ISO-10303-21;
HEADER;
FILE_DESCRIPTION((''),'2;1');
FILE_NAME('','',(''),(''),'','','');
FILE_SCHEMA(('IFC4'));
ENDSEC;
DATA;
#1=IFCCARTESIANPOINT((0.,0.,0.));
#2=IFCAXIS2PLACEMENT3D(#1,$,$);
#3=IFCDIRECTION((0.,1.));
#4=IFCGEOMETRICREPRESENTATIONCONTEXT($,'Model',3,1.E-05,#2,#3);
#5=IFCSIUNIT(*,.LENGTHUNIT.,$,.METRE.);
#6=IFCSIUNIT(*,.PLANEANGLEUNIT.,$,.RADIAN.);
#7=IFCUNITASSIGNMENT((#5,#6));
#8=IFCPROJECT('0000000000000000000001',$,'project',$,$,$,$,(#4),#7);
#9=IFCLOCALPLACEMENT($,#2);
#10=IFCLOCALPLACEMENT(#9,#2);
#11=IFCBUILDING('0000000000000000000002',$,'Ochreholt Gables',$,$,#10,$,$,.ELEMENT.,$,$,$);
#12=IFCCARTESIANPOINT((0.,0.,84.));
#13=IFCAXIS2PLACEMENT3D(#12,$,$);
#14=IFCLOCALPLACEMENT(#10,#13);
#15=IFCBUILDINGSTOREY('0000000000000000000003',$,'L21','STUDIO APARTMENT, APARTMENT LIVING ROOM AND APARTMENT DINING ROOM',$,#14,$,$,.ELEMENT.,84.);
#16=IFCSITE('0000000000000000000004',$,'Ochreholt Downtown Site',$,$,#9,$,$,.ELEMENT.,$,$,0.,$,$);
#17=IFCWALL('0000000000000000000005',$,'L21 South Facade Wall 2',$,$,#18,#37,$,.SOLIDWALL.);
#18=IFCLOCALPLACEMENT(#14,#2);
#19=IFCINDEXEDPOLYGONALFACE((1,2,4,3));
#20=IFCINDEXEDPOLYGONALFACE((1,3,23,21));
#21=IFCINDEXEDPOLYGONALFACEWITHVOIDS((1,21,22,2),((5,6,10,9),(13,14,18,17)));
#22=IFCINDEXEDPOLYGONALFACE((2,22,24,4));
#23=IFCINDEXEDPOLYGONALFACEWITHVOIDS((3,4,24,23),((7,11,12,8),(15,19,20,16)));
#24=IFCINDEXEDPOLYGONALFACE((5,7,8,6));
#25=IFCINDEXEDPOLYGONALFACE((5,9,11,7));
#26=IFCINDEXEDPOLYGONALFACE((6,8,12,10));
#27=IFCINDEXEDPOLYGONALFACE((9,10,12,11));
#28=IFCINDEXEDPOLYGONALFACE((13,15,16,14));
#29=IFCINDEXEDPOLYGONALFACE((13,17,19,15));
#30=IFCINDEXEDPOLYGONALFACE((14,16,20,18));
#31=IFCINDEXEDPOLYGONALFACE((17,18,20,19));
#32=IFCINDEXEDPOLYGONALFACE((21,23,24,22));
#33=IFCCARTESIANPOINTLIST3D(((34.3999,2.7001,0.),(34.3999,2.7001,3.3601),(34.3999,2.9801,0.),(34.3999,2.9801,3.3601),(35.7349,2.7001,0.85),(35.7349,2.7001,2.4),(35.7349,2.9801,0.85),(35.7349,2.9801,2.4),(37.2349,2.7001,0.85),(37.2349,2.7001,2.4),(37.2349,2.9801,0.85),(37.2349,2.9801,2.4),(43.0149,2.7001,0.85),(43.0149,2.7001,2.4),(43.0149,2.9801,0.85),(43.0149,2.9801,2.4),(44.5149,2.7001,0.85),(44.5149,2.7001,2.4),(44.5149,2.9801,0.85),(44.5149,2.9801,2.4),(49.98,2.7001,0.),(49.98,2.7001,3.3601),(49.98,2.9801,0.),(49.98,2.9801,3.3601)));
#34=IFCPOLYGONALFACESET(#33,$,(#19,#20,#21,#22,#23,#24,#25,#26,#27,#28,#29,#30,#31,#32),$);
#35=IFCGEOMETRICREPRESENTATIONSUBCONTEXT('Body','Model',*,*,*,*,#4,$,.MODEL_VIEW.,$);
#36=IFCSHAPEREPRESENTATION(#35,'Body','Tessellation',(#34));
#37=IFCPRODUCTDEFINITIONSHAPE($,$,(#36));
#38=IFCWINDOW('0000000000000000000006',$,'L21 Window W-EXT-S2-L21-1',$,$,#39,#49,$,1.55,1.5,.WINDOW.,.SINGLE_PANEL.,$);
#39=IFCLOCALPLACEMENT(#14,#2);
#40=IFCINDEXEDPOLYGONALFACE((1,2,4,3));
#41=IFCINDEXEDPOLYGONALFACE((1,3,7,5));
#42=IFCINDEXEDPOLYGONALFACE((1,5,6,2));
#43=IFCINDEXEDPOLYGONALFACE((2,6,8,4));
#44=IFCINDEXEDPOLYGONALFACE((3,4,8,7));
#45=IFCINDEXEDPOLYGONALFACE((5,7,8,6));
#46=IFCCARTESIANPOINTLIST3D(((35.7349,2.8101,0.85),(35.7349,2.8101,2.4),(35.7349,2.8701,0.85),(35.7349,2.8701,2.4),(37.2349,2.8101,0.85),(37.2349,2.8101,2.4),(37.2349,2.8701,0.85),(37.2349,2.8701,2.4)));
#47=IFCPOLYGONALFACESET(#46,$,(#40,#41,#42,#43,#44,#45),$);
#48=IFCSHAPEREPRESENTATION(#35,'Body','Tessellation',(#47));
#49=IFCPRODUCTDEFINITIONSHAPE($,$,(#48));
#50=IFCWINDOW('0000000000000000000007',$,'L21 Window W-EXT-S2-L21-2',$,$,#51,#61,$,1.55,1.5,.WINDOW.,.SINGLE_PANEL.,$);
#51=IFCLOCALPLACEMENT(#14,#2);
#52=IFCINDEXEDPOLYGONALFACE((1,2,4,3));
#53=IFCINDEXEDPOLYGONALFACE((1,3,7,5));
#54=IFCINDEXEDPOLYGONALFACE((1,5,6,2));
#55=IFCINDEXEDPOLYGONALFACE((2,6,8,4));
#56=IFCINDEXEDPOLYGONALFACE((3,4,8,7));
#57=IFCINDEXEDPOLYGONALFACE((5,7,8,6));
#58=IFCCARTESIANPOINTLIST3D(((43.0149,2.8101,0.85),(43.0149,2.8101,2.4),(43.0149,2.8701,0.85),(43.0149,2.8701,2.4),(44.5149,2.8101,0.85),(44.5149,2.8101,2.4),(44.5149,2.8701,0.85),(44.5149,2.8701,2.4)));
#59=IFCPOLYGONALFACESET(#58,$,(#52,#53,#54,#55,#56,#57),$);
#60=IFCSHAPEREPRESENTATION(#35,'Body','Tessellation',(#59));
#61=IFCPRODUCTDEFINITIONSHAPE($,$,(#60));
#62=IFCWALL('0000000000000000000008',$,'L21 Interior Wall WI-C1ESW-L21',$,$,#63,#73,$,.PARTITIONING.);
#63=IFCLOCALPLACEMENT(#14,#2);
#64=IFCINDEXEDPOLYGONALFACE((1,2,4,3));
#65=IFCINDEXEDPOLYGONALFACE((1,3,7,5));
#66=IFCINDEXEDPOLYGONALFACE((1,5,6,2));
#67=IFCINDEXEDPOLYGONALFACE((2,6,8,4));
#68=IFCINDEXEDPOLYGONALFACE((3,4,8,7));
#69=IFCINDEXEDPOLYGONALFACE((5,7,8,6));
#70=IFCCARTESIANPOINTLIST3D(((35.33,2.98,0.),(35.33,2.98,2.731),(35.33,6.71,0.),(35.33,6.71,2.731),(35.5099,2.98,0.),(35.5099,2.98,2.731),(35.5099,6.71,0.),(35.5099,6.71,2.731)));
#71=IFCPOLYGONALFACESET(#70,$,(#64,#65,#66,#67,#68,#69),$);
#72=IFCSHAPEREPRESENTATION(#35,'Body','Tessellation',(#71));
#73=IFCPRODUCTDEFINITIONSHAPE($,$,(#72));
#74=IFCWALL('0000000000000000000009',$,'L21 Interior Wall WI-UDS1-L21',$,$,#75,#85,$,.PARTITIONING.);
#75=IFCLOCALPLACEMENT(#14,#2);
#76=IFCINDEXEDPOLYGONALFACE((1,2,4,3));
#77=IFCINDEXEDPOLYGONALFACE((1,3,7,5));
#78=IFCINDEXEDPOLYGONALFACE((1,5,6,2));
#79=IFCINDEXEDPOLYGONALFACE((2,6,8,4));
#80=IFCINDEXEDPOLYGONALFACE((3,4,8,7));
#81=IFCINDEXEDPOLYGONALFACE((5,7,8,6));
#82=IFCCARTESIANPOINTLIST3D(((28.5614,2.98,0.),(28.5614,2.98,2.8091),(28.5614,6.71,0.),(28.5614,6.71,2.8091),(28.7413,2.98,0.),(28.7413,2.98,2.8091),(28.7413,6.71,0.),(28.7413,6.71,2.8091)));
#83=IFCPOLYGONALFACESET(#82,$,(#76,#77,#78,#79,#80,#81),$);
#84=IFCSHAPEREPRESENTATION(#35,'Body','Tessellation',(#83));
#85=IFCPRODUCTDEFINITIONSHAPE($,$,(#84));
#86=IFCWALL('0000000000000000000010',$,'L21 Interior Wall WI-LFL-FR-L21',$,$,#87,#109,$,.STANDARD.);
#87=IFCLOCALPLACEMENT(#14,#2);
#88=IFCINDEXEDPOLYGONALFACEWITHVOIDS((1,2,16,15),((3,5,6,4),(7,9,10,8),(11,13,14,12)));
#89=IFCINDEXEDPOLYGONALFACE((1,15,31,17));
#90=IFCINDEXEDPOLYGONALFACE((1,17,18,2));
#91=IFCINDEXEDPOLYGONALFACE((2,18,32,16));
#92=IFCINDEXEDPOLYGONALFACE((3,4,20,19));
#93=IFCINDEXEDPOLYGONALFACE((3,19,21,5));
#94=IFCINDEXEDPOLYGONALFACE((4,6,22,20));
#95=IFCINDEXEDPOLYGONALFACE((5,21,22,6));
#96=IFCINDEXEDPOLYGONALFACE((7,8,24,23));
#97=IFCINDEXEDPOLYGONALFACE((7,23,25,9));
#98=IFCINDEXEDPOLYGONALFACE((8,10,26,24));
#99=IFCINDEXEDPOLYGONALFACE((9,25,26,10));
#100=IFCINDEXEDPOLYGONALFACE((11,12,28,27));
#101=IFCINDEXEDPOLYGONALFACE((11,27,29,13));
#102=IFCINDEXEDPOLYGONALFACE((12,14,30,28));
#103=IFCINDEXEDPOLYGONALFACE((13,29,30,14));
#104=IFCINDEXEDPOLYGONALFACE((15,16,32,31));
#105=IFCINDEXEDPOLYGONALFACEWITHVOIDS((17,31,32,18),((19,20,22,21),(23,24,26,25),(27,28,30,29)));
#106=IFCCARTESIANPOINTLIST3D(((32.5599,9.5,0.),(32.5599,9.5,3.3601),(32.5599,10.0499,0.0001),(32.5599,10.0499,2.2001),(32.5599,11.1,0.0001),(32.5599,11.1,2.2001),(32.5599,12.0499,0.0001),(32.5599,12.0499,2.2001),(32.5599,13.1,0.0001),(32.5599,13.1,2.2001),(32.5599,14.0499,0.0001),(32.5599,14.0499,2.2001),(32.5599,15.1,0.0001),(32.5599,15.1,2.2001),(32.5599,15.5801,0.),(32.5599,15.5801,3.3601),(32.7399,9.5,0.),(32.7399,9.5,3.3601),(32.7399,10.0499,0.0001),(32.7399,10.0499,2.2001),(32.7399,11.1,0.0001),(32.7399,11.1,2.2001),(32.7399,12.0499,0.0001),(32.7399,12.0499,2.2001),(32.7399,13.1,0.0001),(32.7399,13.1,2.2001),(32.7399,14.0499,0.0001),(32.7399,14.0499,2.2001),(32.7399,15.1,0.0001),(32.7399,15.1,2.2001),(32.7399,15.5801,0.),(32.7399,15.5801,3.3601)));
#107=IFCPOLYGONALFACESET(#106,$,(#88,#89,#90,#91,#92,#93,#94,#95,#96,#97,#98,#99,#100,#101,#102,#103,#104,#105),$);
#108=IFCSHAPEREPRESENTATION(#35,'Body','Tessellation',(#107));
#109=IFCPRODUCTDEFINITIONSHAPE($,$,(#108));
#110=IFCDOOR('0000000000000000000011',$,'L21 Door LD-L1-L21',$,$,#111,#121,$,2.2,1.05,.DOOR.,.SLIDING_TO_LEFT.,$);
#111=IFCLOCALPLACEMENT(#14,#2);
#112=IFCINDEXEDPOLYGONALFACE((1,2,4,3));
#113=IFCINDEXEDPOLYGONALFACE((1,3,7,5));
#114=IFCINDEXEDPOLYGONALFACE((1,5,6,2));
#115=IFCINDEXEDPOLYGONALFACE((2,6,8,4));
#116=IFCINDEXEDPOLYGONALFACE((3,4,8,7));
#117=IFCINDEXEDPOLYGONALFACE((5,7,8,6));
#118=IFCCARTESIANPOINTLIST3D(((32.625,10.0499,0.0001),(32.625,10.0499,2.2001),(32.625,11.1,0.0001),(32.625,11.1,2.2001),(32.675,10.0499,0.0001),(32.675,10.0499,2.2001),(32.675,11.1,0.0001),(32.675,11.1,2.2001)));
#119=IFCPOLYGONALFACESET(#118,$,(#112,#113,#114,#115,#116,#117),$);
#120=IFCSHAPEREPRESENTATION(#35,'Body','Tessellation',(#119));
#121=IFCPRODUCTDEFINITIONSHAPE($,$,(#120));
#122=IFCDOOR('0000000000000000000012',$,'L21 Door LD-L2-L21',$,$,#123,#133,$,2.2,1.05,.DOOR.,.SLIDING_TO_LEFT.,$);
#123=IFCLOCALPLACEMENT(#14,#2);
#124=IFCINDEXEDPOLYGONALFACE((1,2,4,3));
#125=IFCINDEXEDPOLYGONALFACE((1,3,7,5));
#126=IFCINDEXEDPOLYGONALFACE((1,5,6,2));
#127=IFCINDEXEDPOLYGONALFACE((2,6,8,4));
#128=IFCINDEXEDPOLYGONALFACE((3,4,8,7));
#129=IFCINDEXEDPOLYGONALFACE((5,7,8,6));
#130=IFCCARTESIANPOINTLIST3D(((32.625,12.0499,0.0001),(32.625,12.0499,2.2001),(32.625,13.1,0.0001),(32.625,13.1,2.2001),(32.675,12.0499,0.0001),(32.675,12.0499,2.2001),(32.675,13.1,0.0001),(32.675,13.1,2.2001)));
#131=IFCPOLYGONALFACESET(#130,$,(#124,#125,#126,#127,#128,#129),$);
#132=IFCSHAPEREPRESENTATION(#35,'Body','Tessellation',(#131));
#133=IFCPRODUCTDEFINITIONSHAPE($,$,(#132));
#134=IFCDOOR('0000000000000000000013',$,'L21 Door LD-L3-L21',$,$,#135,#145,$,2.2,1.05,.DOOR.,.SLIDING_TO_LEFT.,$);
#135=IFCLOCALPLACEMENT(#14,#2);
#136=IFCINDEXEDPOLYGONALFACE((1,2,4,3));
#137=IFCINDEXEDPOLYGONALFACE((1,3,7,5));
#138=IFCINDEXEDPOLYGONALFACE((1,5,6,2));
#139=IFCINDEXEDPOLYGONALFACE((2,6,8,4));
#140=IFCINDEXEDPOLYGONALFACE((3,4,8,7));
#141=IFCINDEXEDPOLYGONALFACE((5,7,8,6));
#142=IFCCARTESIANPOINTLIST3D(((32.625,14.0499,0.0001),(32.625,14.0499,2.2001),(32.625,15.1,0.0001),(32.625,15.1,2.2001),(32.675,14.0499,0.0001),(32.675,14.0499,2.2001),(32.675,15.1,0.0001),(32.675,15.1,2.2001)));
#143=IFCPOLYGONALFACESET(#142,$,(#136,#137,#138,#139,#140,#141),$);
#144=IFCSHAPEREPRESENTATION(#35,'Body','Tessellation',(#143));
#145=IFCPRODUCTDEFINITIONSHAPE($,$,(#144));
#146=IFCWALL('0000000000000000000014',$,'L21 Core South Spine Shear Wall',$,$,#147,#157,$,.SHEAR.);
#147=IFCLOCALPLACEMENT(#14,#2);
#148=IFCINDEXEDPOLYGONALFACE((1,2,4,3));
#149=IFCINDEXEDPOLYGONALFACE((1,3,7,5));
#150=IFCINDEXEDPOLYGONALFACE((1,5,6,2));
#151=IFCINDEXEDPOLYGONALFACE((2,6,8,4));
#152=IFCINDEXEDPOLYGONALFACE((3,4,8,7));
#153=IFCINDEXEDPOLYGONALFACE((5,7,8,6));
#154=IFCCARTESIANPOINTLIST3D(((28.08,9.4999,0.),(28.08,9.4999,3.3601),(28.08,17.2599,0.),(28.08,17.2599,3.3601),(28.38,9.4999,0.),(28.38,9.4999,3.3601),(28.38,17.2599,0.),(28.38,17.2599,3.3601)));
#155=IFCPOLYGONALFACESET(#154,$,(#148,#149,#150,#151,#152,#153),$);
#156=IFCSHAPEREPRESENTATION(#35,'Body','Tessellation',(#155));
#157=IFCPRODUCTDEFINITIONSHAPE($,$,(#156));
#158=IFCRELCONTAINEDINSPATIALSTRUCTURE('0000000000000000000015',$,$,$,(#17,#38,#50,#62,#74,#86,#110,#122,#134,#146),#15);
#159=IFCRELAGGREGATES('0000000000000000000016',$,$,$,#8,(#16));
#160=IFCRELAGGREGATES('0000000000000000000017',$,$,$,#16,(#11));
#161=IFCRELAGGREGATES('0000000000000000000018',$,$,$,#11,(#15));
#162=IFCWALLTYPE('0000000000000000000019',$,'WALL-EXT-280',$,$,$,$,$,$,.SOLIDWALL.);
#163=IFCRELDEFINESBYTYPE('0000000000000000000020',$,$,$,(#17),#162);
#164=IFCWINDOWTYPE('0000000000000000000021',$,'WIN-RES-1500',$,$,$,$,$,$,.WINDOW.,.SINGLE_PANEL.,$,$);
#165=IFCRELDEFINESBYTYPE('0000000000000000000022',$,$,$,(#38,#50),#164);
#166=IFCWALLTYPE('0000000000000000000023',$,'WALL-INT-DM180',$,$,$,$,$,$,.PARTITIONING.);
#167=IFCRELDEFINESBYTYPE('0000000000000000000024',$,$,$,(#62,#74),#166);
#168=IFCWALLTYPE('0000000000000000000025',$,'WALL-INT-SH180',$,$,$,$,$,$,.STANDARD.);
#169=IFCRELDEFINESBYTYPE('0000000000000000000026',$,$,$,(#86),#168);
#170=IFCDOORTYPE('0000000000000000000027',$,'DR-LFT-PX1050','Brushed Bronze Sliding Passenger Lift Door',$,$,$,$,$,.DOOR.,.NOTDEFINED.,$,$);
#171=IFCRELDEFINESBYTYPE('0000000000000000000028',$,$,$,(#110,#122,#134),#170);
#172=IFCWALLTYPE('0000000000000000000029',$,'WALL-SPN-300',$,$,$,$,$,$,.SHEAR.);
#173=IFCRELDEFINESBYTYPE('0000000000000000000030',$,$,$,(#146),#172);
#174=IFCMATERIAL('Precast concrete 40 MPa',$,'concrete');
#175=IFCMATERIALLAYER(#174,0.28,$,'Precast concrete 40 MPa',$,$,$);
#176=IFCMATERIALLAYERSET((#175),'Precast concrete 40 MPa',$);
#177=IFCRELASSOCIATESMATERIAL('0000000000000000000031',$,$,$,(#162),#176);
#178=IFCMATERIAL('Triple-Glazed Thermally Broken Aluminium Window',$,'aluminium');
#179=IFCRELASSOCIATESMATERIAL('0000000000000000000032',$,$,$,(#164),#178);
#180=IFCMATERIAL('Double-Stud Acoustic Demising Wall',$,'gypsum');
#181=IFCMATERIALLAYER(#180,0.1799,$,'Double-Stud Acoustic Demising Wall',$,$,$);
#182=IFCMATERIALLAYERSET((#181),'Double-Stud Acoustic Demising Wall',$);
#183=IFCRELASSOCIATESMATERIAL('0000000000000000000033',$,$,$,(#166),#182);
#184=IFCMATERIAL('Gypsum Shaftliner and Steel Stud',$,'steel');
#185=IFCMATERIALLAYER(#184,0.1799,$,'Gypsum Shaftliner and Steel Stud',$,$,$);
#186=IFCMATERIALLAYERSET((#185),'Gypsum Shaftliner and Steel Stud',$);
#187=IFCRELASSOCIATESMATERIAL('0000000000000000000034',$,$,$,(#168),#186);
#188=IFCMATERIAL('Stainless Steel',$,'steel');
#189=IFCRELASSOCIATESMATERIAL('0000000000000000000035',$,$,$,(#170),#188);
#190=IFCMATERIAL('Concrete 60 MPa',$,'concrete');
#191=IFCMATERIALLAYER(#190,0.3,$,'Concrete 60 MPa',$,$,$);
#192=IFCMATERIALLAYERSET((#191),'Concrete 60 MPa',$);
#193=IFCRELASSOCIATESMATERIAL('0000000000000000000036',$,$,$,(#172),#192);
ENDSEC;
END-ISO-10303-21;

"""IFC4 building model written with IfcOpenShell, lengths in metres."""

from ifc_helpers import new_model, si_unit, direction, frame, frame_2d, origin, place, context, subcontext, project, spatial, rectangle, extrude, material, layer, layer_set, type_object, element, fill, save


model = new_model("IFC4")

# Units and contexts
model_context = context("Model", 3, precision=1e-05, world=origin(), true_north=direction((0.0, 1.0)))
body_context = subcontext(model_context, "Body", "Model", "MODEL_VIEW")
ifc_project = project(units=[si_unit("LENGTHUNIT", "METRE"), si_unit("PLANEANGLEUNIT", "RADIAN")], contexts=[model_context])

# Site, building, storey
site_placement = place(None, origin())
site = spatial("IfcSite", under=ifc_project, at=site_placement, Name="Ochreholt Downtown Site", CompositionType="ELEMENT", RefElevation=0.0)
building_placement = place(site_placement, origin())
building = spatial("IfcBuilding", under=site, at=building_placement, Name="Ochreholt Gables", CompositionType="ELEMENT")
storey_placement = place(building_placement, frame((0.0, 0.0, 84.0)))
storey = spatial("IfcBuildingStorey", under=building, at=storey_placement, Name="L21", Description="STUDIO APARTMENT, APARTMENT LIVING ROOM AND APARTMENT DINING ROOM", CompositionType="ELEMENT", Elevation=84.0)

# Shared definitions
ifc_material_1 = material(Name="Concrete 60 MPa", Category="concrete")

# Wall, openings, windows
ifc_material_2 = material(Name="Precast concrete 40 MPa", Category="concrete")
ifc_layer_1 = layer(ifc_material_2, 0.28, Name="Precast concrete 40 MPa")
ifc_layer_set_1 = layer_set([ifc_layer_1], Name="Precast concrete 40 MPa")
wall_type_1 = type_object("IfcWallType", Name="WALL-EXT-280", PredefinedType="SOLIDWALL", material=ifc_layer_set_1)
wall_1_placement = place(storey_placement, frame((34.3999, 2.8401, 0.0), z_axis=(0.0, 0.0, 1.0), x_axis=(1.0, 0.0, 0.0)))
wall_1 = element("IfcWall", 1, at=wall_1_placement, inside=storey, type_object=wall_type_1, Name="L21 South Facade Wall 2", PredefinedType="SOLIDWALL", context=body_context, shape_type="SweptSolid", body=[
    extrude(rectangle(XDim=15.5801, YDim=0.28, at=frame_2d((7.79, 0.0))), origin(), (0.0, 0.0, 1.0), 3.3601),
])
opening_1_placement = place(wall_1_placement, frame((1.335, 0.0, 0.8501)))
opening_1 = element("IfcOpeningElement", 2, at=opening_1_placement, cuts=wall_1, PredefinedType="OPENING", context=body_context, shape_type="SweptSolid", body=[
    extrude(rectangle(XDim=1.5, YDim=1.55, at=frame_2d((0.75, 0.7749))), frame((0.0, 0.1499, 0.0), z_axis=(0.0, -1.0, 0.0), x_axis=(1.0, 0.0, 0.0)), (0.0, 0.0, 1.0), 0.3),
])
opening_2_placement = place(wall_1_placement, frame((8.615, 0.0, 0.8501)))
opening_2 = element("IfcOpeningElement", 3, at=opening_2_placement, cuts=wall_1, PredefinedType="OPENING", context=body_context, shape_type="SweptSolid", body=[
    extrude(rectangle(XDim=1.5, YDim=1.55, at=frame_2d((0.75, 0.7749))), frame((0.0, 0.1499, 0.0), z_axis=(0.0, -1.0, 0.0), x_axis=(1.0, 0.0, 0.0)), (0.0, 0.0, 1.0), 0.3),
])
ifc_material_3 = material(Name="Triple-Glazed Thermally Broken Aluminium Window", Category="aluminium")
window_type = type_object("IfcWindowType", Name="WIN-RES-1500", PartitioningType="SINGLE_PANEL", PredefinedType="WINDOW", material=ifc_material_3)
window_1_placement = place(opening_1_placement, origin())
window_1 = element("IfcWindow", 4, at=window_1_placement, inside=storey, type_object=window_type, Name="L21 Window W-EXT-S2-L21-1", OverallHeight=1.55, OverallWidth=1.5, PartitioningType="SINGLE_PANEL", PredefinedType="WINDOW", context=body_context, shape_type="SweptSolid", body=[
    extrude(rectangle(XDim=1.5, YDim=1.55, at=frame_2d((0.75, 0.7749))), frame((0.0, 0.03, 0.0), z_axis=(0.0, -1.0, 0.0), x_axis=(1.0, 0.0, 0.0)), (0.0, 0.0, 1.0), 0.0601),
])
fill(opening_1, window_1)
window_2_placement = place(opening_2_placement, origin())
window_2 = element("IfcWindow", 5, at=window_2_placement, inside=storey, type_object=window_type, Name="L21 Window W-EXT-S2-L21-2", OverallHeight=1.55, OverallWidth=1.5, PartitioningType="SINGLE_PANEL", PredefinedType="WINDOW", context=body_context, shape_type="SweptSolid", body=[
    extrude(rectangle(XDim=1.5, YDim=1.55, at=frame_2d((0.75, 0.7749))), frame((0.0, 0.03, 0.0), z_axis=(0.0, -1.0, 0.0), x_axis=(1.0, 0.0, 0.0)), (0.0, 0.0, 1.0), 0.0601),
])
fill(opening_2, window_2)

# Walls
ifc_material_4 = material(Name="Double-Stud Acoustic Demising Wall", Category="gypsum")
ifc_layer_2 = layer(ifc_material_4, 0.1799, Name="Double-Stud Acoustic Demising Wall")
ifc_layer_set_2 = layer_set([ifc_layer_2], Name="Double-Stud Acoustic Demising Wall")
wall_type_2 = type_object("IfcWallType", Name="WALL-INT-DM180", PredefinedType="PARTITIONING", material=ifc_layer_set_2)
wall_2_placement = place(storey_placement, frame((35.4199, 2.98, 0.0), z_axis=(0.0, 0.0, 1.0), x_axis=(0.0, 1.0, 0.0)))
element("IfcWall", 6, at=wall_2_placement, inside=storey, type_object=wall_type_2, Name="L21 Interior Wall WI-C1ESW-L21", PredefinedType="PARTITIONING", context=body_context, shape_type="SweptSolid", body=[
    extrude(rectangle(XDim=3.73, YDim=0.1799, at=frame_2d((1.865, 0.0))), origin(), (0.0, 0.0, 1.0), 2.731),
])
wall_3_placement = place(storey_placement, frame((28.6514, 2.98, 0.0), z_axis=(0.0, 0.0, 1.0), x_axis=(0.0, 1.0, 0.0)))
element("IfcWall", 7, at=wall_3_placement, inside=storey, type_object=wall_type_2, Name="L21 Interior Wall WI-UDS1-L21", PredefinedType="PARTITIONING", context=body_context, shape_type="SweptSolid", body=[
    extrude(rectangle(XDim=3.73, YDim=0.1799, at=frame_2d((1.865, 0.0))), origin(), (0.0, 0.0, 1.0), 2.8091),
])

# Wall, openings, doors
ifc_material_5 = material(Name="Gypsum Shaftliner and Steel Stud", Category="steel")
ifc_layer_3 = layer(ifc_material_5, 0.1799, Name="Gypsum Shaftliner and Steel Stud")
ifc_layer_set_3 = layer_set([ifc_layer_3], Name="Gypsum Shaftliner and Steel Stud")
wall_type_3 = type_object("IfcWallType", Name="WALL-INT-SH180", PredefinedType="STANDARD", material=ifc_layer_set_3)
wall_4_placement = place(storey_placement, frame((32.6499, 9.5, 0.0), z_axis=(0.0, 0.0, 1.0), x_axis=(0.0, 1.0, 0.0)))
wall_4 = element("IfcWall", 8, at=wall_4_placement, inside=storey, type_object=wall_type_3, Name="L21 Interior Wall WI-LFL-FR-L21", PredefinedType="STANDARD", context=body_context, shape_type="SweptSolid", body=[
    extrude(rectangle(XDim=6.0801, YDim=0.1799, at=frame_2d((3.04, 0.0))), origin(), (0.0, 0.0, 1.0), 3.3601),
])
opening_3_placement = place(wall_4_placement, frame((0.55, 0.0, 0.0)))
opening_3 = element("IfcOpeningElement", 9, at=opening_3_placement, cuts=wall_4, PredefinedType="OPENING", context=body_context, shape_type="SweptSolid", body=[
    extrude(rectangle(XDim=1.05, YDim=2.2, at=frame_2d((0.5249, 1.1001))), frame((0.0, 0.0999, 0.0), z_axis=(0.0, -1.0, 0.0), x_axis=(1.0, 0.0, 0.0)), (0.0, 0.0, 1.0), 0.2),
])
opening_4_placement = place(wall_4_placement, frame((2.55, 0.0, 0.0)))
opening_4 = element("IfcOpeningElement", 10, at=opening_4_placement, cuts=wall_4, PredefinedType="OPENING", context=body_context, shape_type="SweptSolid", body=[
    extrude(rectangle(XDim=1.05, YDim=2.2, at=frame_2d((0.5249, 1.1001))), frame((0.0, 0.0999, 0.0), z_axis=(0.0, -1.0, 0.0), x_axis=(1.0, 0.0, 0.0)), (0.0, 0.0, 1.0), 0.2),
])
opening_5_placement = place(wall_4_placement, frame((4.55, 0.0, 0.0)))
opening_5 = element("IfcOpeningElement", 11, at=opening_5_placement, cuts=wall_4, PredefinedType="OPENING", context=body_context, shape_type="SweptSolid", body=[
    extrude(rectangle(XDim=1.05, YDim=2.2, at=frame_2d((0.5249, 1.1001))), frame((0.0, 0.0999, 0.0), z_axis=(0.0, -1.0, 0.0), x_axis=(1.0, 0.0, 0.0)), (0.0, 0.0, 1.0), 0.2),
])
ifc_material_6 = material(Name="Stainless Steel", Category="steel")
door_type = type_object("IfcDoorType", Name="DR-LFT-PX1050", Description="Brushed Bronze Sliding Passenger Lift Door", OperationType="NOTDEFINED", PredefinedType="DOOR", material=ifc_material_6)
door_1_placement = place(opening_3_placement, origin())
door_1 = element("IfcDoor", 12, at=door_1_placement, inside=storey, type_object=door_type, Name="L21 Door LD-L1-L21", OperationType="SLIDING_TO_LEFT", OverallHeight=2.2, OverallWidth=1.05, PredefinedType="DOOR", context=body_context, shape_type="SweptSolid", body=[
    extrude(rectangle(XDim=1.05, YDim=2.2, at=frame_2d((0.5249, 1.1001))), frame((0.0, 0.0249, 0.0), z_axis=(0.0, -1.0, 0.0), x_axis=(1.0, 0.0, 0.0)), (0.0, 0.0, 1.0), 0.05),
])
fill(opening_3, door_1)
door_2_placement = place(opening_4_placement, origin())
door_2 = element("IfcDoor", 13, at=door_2_placement, inside=storey, type_object=door_type, Name="L21 Door LD-L2-L21", OperationType="SLIDING_TO_LEFT", OverallHeight=2.2, OverallWidth=1.05, PredefinedType="DOOR", context=body_context, shape_type="SweptSolid", body=[
    extrude(rectangle(XDim=1.05, YDim=2.2, at=frame_2d((0.5249, 1.1001))), frame((0.0, 0.0249, 0.0), z_axis=(0.0, -1.0, 0.0), x_axis=(1.0, 0.0, 0.0)), (0.0, 0.0, 1.0), 0.05),
])
fill(opening_4, door_2)
door_3_placement = place(opening_5_placement, origin())
door_3 = element("IfcDoor", 14, at=door_3_placement, inside=storey, type_object=door_type, Name="L21 Door LD-L3-L21", OperationType="SLIDING_TO_LEFT", OverallHeight=2.2, OverallWidth=1.05, PredefinedType="DOOR", context=body_context, shape_type="SweptSolid", body=[
    extrude(rectangle(XDim=1.05, YDim=2.2, at=frame_2d((0.5249, 1.1001))), frame((0.0, 0.0249, 0.0), z_axis=(0.0, -1.0, 0.0), x_axis=(1.0, 0.0, 0.0)), (0.0, 0.0, 1.0), 0.05),
])
fill(opening_5, door_3)

# Wall
ifc_layer_4 = layer(ifc_material_1, 0.3, Name="Concrete 60 MPa")
ifc_layer_set_4 = layer_set([ifc_layer_4], Name="Concrete 60 MPa")
wall_type_4 = type_object("IfcWallType", Name="WALL-SPN-300", PredefinedType="SHEAR", material=ifc_layer_set_4)
wall_5_placement = place(storey_placement, frame((28.23, 9.5, 0.0), z_axis=(0.0, 0.0, 1.0), x_axis=(0.0, 1.0, 0.0)))
element("IfcWall", 15, at=wall_5_placement, inside=storey, type_object=wall_type_4, Name="L21 Core South Spine Shear Wall", PredefinedType="SHEAR", context=body_context, shape_type="SweptSolid", body=[
    extrude(rectangle(XDim=7.76, YDim=0.3, at=frame_2d((3.8799, 0.0))), origin(), (0.0, 0.0, 1.0), 3.3601),
])

save(model, "model.ifc")
